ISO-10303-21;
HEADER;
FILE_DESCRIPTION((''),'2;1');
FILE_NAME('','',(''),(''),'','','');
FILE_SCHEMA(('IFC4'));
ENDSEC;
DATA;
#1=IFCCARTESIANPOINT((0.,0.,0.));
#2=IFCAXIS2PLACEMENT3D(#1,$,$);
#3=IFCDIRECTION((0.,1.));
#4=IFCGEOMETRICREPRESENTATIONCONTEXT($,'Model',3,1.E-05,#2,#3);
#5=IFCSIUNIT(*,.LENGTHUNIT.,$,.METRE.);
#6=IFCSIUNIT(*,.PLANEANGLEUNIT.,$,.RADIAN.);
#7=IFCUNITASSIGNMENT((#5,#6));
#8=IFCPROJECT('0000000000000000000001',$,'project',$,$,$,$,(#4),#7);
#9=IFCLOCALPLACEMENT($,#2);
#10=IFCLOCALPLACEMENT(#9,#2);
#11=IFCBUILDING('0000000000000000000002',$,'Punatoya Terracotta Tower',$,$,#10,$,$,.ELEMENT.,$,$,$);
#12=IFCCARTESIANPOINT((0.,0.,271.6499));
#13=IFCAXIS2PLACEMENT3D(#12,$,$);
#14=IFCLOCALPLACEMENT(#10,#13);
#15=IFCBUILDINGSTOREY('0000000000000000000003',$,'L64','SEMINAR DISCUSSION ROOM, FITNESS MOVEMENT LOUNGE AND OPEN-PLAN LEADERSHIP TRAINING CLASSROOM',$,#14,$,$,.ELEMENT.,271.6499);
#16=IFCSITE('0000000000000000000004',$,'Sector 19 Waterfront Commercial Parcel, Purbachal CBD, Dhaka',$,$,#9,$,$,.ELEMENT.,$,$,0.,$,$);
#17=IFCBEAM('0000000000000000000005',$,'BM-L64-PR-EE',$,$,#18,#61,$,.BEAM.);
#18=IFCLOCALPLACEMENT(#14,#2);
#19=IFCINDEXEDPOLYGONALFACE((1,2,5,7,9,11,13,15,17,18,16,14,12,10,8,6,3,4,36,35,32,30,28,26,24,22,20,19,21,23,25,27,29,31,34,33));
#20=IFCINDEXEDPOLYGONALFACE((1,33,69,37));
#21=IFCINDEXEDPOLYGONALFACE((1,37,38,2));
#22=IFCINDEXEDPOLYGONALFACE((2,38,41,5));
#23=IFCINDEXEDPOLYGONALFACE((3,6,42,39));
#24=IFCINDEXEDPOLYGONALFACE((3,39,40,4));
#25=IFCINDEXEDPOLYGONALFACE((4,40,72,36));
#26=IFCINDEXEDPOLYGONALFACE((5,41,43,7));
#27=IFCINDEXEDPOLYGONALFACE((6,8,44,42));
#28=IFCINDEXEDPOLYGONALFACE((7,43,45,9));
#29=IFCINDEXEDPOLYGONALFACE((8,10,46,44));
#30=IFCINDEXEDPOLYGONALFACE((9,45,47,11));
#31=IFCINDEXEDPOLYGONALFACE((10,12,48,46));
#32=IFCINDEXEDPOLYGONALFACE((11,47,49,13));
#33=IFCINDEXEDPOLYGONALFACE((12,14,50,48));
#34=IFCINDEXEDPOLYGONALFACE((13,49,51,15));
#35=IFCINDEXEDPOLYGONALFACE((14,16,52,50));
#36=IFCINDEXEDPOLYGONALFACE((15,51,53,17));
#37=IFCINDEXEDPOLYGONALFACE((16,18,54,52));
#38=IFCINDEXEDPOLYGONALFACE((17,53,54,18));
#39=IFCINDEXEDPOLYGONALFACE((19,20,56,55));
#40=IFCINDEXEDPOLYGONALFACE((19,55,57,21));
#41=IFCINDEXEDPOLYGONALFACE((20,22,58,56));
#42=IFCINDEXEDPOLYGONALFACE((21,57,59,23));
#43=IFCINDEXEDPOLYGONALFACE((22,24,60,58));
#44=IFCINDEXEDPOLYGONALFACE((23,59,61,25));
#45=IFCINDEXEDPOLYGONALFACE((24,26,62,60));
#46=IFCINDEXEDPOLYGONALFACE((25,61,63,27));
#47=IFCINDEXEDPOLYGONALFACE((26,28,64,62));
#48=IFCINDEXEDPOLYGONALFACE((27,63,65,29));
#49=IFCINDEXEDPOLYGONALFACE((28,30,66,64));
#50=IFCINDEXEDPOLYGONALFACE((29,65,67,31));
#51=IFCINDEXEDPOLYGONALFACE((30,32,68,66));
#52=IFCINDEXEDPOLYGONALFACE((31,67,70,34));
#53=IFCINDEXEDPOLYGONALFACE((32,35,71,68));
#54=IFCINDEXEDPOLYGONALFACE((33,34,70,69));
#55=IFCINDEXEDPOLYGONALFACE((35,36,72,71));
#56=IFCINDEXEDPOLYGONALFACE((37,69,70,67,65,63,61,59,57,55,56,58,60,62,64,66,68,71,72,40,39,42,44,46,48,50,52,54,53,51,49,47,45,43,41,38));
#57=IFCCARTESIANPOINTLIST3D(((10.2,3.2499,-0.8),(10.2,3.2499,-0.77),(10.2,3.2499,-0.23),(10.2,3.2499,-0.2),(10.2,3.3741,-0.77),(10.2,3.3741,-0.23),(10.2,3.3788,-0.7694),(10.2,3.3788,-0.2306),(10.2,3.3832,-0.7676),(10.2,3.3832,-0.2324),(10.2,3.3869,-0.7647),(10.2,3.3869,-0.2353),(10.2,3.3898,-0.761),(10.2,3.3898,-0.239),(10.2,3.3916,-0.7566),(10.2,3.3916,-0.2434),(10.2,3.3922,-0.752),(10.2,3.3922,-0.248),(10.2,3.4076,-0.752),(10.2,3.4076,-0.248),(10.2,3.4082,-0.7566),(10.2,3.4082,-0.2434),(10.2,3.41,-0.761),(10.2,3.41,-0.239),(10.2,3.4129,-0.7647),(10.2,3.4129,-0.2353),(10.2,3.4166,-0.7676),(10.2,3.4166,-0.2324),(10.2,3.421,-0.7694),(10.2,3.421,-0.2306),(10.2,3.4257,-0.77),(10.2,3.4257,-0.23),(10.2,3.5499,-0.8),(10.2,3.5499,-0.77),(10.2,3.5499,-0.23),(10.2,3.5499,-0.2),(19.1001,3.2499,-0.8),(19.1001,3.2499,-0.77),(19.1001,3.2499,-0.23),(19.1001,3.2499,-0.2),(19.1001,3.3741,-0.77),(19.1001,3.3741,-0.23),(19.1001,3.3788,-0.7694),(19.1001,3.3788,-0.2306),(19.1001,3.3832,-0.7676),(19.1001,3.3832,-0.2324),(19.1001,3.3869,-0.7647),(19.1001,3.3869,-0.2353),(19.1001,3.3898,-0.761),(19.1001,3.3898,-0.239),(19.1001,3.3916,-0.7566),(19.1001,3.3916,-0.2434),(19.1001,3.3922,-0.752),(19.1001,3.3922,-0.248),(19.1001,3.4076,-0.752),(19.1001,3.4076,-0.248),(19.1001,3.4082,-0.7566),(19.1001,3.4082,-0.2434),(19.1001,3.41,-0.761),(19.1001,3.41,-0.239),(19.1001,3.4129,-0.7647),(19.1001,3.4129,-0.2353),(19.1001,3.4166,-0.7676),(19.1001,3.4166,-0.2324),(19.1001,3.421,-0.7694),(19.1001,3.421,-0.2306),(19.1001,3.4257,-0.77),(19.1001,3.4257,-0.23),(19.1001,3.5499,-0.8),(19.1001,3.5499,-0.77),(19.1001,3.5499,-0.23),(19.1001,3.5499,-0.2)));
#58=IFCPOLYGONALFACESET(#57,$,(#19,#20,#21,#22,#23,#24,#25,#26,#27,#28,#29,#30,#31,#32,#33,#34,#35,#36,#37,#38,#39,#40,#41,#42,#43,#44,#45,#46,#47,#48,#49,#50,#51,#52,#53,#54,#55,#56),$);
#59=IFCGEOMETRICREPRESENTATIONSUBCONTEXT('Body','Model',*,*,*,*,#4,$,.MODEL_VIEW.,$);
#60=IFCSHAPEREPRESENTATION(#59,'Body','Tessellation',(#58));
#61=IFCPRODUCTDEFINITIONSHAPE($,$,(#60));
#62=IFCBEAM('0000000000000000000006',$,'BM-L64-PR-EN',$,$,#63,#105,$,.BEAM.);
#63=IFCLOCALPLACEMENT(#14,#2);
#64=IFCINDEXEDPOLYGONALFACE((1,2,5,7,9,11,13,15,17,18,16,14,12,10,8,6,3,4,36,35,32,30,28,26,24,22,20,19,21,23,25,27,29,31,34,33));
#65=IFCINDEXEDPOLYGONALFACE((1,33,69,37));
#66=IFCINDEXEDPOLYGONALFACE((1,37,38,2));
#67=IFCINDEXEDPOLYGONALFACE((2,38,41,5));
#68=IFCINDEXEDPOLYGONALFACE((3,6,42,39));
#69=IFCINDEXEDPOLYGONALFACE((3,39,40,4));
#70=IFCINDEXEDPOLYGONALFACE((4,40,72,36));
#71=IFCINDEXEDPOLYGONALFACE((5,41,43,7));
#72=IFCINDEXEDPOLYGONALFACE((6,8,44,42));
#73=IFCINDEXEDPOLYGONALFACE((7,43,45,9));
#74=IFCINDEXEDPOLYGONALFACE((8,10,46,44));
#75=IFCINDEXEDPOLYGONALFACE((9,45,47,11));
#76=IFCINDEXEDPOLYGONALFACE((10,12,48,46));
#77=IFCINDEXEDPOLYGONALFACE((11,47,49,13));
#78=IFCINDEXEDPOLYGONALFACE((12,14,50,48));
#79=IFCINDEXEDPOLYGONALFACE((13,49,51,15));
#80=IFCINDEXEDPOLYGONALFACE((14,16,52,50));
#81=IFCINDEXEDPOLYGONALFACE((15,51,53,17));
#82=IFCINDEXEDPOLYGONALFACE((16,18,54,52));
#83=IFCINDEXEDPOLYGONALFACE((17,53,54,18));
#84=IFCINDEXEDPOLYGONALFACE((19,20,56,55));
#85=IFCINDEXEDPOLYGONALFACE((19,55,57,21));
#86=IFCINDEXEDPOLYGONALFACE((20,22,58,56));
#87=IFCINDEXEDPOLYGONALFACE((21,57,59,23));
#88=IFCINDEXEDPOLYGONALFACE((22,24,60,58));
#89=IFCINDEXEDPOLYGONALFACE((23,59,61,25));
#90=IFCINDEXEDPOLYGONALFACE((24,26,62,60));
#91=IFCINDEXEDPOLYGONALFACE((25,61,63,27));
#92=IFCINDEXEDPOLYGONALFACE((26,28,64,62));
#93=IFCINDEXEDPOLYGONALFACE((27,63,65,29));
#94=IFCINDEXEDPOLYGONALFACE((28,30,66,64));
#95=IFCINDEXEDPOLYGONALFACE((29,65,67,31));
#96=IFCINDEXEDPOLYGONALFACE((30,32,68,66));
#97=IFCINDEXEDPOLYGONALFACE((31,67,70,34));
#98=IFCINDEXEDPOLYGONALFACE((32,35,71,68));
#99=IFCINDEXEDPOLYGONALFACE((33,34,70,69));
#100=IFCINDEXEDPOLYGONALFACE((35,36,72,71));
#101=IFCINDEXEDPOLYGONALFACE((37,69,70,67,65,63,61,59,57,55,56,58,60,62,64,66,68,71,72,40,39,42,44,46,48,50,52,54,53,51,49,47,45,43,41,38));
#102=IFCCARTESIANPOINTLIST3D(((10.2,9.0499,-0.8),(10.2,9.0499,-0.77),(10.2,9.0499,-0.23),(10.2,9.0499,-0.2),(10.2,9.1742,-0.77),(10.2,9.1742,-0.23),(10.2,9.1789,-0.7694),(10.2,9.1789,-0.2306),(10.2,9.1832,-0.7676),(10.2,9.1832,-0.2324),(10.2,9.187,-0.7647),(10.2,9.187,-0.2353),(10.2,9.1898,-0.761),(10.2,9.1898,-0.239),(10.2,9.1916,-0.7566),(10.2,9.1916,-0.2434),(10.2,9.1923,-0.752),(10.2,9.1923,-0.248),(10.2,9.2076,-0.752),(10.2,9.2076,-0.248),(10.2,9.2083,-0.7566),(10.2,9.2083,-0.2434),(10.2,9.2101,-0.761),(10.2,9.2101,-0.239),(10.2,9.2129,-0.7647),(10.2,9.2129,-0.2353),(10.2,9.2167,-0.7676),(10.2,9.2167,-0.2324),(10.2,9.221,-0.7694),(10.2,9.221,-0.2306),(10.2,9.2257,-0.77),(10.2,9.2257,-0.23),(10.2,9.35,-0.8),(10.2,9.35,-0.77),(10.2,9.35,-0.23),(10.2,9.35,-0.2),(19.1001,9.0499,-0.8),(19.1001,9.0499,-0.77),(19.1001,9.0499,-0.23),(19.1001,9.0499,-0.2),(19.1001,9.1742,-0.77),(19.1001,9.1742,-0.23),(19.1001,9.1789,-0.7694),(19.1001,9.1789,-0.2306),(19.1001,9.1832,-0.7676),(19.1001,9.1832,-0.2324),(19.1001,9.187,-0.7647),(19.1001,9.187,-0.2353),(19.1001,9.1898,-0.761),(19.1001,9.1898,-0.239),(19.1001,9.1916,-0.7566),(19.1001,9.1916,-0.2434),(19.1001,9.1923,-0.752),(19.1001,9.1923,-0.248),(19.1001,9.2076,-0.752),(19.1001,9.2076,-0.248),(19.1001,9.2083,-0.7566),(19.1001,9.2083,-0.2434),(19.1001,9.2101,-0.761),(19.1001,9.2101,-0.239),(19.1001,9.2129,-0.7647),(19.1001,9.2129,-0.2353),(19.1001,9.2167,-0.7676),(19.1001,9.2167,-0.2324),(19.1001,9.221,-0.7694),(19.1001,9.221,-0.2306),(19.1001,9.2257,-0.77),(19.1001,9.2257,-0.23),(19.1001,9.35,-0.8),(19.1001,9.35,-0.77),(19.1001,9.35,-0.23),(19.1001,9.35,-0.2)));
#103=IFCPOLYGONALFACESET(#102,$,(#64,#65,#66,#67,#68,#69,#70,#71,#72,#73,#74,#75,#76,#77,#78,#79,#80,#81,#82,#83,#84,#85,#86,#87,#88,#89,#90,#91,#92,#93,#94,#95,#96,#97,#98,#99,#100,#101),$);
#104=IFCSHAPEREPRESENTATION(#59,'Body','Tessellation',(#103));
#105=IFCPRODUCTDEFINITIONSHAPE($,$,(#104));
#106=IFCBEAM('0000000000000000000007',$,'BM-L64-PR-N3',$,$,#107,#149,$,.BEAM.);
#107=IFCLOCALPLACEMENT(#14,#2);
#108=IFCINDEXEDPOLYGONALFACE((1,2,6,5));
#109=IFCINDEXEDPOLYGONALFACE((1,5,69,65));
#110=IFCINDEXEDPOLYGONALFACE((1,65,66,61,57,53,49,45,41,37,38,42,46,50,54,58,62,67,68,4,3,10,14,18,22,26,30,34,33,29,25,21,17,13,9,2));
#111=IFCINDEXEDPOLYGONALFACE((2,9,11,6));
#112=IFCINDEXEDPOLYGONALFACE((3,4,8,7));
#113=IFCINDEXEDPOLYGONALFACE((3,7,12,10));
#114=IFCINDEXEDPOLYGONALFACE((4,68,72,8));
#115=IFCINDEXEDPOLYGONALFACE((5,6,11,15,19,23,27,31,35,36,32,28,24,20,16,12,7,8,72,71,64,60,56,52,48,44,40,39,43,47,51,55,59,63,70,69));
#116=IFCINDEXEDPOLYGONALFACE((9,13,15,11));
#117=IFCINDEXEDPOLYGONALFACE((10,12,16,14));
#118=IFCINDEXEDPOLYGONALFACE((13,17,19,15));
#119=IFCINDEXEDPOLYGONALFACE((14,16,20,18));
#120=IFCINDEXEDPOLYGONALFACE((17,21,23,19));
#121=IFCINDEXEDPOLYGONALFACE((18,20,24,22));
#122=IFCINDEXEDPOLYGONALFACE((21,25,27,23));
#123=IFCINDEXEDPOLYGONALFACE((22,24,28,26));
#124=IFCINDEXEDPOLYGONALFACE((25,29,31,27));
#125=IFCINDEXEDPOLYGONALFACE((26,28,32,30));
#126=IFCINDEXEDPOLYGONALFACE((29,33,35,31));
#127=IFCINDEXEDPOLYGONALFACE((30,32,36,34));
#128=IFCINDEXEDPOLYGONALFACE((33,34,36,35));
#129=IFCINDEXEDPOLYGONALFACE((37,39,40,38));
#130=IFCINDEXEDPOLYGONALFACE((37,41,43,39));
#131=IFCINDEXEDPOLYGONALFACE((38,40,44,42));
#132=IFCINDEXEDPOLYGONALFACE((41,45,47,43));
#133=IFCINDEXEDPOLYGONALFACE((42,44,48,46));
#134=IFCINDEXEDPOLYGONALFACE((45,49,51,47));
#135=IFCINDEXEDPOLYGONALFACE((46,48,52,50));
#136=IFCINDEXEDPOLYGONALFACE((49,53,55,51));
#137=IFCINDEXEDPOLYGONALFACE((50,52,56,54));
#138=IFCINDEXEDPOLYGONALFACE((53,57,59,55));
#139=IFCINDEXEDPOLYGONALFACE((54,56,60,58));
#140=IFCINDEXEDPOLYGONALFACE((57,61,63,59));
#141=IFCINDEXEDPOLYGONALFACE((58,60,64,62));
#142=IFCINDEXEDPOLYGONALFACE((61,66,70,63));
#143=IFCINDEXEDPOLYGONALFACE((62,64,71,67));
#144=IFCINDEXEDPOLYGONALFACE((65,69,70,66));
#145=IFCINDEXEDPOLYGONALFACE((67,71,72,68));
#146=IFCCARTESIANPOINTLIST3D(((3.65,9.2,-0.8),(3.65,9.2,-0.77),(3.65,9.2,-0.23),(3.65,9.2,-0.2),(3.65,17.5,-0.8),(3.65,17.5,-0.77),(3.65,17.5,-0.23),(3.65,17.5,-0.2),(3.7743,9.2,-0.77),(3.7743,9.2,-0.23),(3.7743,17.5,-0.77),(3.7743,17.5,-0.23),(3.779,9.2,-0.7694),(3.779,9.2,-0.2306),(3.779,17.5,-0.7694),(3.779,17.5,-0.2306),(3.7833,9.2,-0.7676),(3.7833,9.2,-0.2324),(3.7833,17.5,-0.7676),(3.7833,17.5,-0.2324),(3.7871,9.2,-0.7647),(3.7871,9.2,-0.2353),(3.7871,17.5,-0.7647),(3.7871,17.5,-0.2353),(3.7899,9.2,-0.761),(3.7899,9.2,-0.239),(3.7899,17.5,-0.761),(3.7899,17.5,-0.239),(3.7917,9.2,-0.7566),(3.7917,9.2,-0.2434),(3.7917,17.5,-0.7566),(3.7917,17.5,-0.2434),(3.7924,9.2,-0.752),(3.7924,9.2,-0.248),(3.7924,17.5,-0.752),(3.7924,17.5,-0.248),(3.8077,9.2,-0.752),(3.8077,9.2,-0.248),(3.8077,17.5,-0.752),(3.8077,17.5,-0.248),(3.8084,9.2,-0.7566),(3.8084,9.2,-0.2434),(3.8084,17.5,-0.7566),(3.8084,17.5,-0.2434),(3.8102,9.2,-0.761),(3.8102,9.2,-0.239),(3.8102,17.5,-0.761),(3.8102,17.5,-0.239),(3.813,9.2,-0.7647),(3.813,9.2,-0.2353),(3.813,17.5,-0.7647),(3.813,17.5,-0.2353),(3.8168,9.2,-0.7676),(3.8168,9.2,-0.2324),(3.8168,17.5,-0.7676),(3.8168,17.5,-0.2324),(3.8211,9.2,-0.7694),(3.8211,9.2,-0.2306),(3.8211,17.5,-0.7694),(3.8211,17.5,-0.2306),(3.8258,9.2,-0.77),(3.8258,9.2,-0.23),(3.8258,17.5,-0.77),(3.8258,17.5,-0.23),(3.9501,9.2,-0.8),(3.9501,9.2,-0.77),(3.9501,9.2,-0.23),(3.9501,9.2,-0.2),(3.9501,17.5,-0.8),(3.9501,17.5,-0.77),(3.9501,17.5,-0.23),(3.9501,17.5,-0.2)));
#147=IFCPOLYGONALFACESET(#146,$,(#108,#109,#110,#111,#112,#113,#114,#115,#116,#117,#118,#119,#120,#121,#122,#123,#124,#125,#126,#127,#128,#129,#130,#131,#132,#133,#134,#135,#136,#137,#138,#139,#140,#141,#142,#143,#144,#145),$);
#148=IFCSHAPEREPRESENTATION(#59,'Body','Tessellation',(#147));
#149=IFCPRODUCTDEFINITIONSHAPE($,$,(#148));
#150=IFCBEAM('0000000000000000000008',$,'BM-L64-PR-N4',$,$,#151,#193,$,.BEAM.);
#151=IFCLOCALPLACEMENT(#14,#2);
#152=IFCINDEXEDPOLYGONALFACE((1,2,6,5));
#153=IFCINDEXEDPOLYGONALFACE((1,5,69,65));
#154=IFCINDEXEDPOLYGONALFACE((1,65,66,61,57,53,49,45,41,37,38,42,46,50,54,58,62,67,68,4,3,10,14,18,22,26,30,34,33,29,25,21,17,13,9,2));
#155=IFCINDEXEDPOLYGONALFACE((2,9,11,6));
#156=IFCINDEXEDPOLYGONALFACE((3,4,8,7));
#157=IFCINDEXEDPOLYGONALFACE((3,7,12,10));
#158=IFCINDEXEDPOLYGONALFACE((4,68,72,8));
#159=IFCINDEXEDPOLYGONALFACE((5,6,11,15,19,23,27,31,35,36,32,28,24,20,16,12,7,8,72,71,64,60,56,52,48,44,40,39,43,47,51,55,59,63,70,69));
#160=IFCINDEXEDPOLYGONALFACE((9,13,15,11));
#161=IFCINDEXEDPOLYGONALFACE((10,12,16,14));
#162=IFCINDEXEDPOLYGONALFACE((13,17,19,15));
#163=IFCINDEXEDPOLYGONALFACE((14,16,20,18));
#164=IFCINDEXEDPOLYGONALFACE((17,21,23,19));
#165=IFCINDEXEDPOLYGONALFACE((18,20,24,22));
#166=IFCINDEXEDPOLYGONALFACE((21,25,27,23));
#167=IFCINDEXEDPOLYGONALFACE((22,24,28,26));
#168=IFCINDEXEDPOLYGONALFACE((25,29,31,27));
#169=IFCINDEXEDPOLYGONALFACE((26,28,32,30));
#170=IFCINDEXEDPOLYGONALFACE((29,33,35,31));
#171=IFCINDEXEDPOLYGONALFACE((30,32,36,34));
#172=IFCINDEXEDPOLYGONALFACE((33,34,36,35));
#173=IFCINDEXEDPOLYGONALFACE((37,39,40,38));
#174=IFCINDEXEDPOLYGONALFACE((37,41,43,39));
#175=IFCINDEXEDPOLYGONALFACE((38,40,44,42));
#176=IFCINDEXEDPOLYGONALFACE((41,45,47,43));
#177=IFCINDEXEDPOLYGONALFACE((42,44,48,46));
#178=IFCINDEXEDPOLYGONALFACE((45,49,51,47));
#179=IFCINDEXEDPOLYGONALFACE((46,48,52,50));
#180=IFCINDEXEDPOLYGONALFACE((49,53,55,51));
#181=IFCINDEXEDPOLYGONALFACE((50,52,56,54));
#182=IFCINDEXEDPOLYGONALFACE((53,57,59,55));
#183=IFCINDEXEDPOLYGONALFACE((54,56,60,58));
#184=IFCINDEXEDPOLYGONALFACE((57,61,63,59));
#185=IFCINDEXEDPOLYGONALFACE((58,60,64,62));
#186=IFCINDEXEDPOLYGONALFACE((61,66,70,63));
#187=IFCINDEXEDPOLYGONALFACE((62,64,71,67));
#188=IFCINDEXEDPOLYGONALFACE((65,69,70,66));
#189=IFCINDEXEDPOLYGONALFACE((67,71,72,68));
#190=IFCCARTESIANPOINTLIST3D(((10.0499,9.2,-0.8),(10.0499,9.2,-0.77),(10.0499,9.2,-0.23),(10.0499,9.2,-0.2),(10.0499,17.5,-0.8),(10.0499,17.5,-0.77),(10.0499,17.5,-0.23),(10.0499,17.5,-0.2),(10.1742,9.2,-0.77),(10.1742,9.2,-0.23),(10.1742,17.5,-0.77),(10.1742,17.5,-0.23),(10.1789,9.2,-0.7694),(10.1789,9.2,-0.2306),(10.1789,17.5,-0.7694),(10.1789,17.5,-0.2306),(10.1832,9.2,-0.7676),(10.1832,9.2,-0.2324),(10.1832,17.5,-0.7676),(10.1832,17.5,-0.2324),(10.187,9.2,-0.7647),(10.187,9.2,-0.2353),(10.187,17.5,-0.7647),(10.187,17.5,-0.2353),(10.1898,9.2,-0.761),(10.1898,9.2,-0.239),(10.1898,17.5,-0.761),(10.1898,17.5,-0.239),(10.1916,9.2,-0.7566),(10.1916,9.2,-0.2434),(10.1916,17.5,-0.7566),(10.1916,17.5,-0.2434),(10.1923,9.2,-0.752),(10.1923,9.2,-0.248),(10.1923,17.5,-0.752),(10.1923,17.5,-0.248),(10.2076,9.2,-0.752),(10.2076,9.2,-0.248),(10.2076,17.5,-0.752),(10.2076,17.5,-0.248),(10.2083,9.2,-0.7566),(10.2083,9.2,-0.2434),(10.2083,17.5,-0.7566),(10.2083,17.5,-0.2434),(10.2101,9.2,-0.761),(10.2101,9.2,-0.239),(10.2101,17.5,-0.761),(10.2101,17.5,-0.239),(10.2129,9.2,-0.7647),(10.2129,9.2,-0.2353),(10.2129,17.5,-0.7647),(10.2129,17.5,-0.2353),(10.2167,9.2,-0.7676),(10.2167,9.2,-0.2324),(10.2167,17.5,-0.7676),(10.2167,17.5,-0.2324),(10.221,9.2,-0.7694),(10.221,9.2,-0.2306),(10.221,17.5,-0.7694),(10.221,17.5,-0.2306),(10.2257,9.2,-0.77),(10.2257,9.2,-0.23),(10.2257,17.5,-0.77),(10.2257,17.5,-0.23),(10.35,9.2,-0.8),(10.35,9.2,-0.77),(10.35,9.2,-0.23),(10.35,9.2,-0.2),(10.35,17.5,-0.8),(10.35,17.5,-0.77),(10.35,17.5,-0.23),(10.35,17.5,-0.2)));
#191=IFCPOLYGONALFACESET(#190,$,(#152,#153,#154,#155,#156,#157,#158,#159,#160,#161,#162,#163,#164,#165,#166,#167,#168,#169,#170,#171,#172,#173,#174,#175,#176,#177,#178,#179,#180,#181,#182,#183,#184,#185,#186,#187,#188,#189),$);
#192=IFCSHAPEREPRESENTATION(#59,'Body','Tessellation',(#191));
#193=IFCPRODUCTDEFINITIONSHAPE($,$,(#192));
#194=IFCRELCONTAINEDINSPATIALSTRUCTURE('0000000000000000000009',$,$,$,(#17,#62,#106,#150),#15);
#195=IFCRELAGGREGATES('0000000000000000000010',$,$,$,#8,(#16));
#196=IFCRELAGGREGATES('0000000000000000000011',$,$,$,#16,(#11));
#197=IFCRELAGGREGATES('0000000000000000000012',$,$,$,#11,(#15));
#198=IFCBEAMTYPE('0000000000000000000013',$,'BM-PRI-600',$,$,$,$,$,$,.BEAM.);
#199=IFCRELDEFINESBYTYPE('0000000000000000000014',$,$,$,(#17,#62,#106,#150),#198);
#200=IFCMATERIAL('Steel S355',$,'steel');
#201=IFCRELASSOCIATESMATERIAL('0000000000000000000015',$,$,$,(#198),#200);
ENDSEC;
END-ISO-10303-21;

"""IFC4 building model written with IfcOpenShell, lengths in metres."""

from ifc_helpers import new_model, si_unit, direction, frame, origin, origin_2d, place, context, subcontext, project, spatial, i_section, extrude, material, material_profile, profile_set, type_object, element, save


model = new_model("IFC4")

# Units and contexts
model_context = context("Model", 3, precision=1e-05, world=origin(), true_north=direction((0.0, 1.0)))
body_context = subcontext(model_context, "Body", "Model", "MODEL_VIEW")
ifc_project = project(units=[si_unit("LENGTHUNIT", "METRE"), si_unit("PLANEANGLEUNIT", "RADIAN")], contexts=[model_context])

# Site, building, storey
site_placement = place(None, origin())
site = spatial("IfcSite", under=ifc_project, at=site_placement, Name="Sector 19 Waterfront Commercial Parcel, Purbachal CBD, Dhaka", CompositionType="ELEMENT", RefElevation=0.0)
building_placement = place(site_placement, origin())
building = spatial("IfcBuilding", under=site, at=building_placement, Name="Punatoya Terracotta Tower", CompositionType="ELEMENT")
storey_placement = place(building_placement, frame((0.0, 0.0, 271.6499)))
storey = spatial("IfcBuildingStorey", under=building, at=storey_placement, Name="L64", Description="SEMINAR DISCUSSION ROOM, FITNESS MOVEMENT LOUNGE AND OPEN-PLAN LEADERSHIP TRAINING CLASSROOM", CompositionType="ELEMENT", Elevation=271.6499)

# Beams
ifc_material_1 = material(Name="Steel S355", Category="steel")
ifc_material_profile_1 = material_profile(ifc_material_1, i_section(OverallWidth=0.3, OverallDepth=0.6001, WebThickness=0.0154, FlangeThickness=0.03, FilletRadius=0.0181, at=origin_2d()))
ifc_profile_set_1 = profile_set([ifc_material_profile_1], Name="Steel S355")
beam_type_1 = type_object("IfcBeamType", Name="BM-PRI-600", PredefinedType="BEAM", material=ifc_profile_set_1)
for number, where, z_axis, x_axis, name in (
    (1, (10.2, 3.3999, -0.5), (1.0, 0.0, 0.0), (0.0, 1.0, 0.0), "BM-L64-PR-EE"),
    (2, (10.2, 9.2, -0.5), (1.0, 0.0, 0.0), (0.0, 1.0, 0.0), "BM-L64-PR-EN"),
):
    element("IfcBeam", number, at=place(storey_placement, frame(where, z_axis=z_axis, x_axis=x_axis)), inside=storey, type_object=beam_type_1, Name=name, PredefinedType="BEAM", context=body_context, shape_type="SweptSolid", body=[
        extrude(i_section(OverallWidth=0.3, OverallDepth=0.6001, WebThickness=0.0154, FlangeThickness=0.03, FilletRadius=0.0181, at=origin_2d()), origin(), (0.0, 0.0, 1.0), 8.9001),
    ])
for number, where, z_axis, x_axis, name in (
    (3, (3.8, 9.2, -0.5), (0.0, 1.0, 0.0), (-1.0, 0.0, 0.0), "BM-L64-PR-N3"),
    (4, (10.2, 9.2, -0.5), (0.0, 1.0, 0.0), (-1.0, 0.0, 0.0), "BM-L64-PR-N4"),
):
    element("IfcBeam", number, at=place(storey_placement, frame(where, z_axis=z_axis, x_axis=x_axis)), inside=storey, type_object=beam_type_1, Name=name, PredefinedType="BEAM", context=body_context, shape_type="SweptSolid", body=[
        extrude(i_section(OverallWidth=0.3, OverallDepth=0.6001, WebThickness=0.0154, FlangeThickness=0.03, FilletRadius=0.0181, at=origin_2d()), origin(), (0.0, 0.0, 1.0), 8.3),
    ])

save(model, "model.ifc")
